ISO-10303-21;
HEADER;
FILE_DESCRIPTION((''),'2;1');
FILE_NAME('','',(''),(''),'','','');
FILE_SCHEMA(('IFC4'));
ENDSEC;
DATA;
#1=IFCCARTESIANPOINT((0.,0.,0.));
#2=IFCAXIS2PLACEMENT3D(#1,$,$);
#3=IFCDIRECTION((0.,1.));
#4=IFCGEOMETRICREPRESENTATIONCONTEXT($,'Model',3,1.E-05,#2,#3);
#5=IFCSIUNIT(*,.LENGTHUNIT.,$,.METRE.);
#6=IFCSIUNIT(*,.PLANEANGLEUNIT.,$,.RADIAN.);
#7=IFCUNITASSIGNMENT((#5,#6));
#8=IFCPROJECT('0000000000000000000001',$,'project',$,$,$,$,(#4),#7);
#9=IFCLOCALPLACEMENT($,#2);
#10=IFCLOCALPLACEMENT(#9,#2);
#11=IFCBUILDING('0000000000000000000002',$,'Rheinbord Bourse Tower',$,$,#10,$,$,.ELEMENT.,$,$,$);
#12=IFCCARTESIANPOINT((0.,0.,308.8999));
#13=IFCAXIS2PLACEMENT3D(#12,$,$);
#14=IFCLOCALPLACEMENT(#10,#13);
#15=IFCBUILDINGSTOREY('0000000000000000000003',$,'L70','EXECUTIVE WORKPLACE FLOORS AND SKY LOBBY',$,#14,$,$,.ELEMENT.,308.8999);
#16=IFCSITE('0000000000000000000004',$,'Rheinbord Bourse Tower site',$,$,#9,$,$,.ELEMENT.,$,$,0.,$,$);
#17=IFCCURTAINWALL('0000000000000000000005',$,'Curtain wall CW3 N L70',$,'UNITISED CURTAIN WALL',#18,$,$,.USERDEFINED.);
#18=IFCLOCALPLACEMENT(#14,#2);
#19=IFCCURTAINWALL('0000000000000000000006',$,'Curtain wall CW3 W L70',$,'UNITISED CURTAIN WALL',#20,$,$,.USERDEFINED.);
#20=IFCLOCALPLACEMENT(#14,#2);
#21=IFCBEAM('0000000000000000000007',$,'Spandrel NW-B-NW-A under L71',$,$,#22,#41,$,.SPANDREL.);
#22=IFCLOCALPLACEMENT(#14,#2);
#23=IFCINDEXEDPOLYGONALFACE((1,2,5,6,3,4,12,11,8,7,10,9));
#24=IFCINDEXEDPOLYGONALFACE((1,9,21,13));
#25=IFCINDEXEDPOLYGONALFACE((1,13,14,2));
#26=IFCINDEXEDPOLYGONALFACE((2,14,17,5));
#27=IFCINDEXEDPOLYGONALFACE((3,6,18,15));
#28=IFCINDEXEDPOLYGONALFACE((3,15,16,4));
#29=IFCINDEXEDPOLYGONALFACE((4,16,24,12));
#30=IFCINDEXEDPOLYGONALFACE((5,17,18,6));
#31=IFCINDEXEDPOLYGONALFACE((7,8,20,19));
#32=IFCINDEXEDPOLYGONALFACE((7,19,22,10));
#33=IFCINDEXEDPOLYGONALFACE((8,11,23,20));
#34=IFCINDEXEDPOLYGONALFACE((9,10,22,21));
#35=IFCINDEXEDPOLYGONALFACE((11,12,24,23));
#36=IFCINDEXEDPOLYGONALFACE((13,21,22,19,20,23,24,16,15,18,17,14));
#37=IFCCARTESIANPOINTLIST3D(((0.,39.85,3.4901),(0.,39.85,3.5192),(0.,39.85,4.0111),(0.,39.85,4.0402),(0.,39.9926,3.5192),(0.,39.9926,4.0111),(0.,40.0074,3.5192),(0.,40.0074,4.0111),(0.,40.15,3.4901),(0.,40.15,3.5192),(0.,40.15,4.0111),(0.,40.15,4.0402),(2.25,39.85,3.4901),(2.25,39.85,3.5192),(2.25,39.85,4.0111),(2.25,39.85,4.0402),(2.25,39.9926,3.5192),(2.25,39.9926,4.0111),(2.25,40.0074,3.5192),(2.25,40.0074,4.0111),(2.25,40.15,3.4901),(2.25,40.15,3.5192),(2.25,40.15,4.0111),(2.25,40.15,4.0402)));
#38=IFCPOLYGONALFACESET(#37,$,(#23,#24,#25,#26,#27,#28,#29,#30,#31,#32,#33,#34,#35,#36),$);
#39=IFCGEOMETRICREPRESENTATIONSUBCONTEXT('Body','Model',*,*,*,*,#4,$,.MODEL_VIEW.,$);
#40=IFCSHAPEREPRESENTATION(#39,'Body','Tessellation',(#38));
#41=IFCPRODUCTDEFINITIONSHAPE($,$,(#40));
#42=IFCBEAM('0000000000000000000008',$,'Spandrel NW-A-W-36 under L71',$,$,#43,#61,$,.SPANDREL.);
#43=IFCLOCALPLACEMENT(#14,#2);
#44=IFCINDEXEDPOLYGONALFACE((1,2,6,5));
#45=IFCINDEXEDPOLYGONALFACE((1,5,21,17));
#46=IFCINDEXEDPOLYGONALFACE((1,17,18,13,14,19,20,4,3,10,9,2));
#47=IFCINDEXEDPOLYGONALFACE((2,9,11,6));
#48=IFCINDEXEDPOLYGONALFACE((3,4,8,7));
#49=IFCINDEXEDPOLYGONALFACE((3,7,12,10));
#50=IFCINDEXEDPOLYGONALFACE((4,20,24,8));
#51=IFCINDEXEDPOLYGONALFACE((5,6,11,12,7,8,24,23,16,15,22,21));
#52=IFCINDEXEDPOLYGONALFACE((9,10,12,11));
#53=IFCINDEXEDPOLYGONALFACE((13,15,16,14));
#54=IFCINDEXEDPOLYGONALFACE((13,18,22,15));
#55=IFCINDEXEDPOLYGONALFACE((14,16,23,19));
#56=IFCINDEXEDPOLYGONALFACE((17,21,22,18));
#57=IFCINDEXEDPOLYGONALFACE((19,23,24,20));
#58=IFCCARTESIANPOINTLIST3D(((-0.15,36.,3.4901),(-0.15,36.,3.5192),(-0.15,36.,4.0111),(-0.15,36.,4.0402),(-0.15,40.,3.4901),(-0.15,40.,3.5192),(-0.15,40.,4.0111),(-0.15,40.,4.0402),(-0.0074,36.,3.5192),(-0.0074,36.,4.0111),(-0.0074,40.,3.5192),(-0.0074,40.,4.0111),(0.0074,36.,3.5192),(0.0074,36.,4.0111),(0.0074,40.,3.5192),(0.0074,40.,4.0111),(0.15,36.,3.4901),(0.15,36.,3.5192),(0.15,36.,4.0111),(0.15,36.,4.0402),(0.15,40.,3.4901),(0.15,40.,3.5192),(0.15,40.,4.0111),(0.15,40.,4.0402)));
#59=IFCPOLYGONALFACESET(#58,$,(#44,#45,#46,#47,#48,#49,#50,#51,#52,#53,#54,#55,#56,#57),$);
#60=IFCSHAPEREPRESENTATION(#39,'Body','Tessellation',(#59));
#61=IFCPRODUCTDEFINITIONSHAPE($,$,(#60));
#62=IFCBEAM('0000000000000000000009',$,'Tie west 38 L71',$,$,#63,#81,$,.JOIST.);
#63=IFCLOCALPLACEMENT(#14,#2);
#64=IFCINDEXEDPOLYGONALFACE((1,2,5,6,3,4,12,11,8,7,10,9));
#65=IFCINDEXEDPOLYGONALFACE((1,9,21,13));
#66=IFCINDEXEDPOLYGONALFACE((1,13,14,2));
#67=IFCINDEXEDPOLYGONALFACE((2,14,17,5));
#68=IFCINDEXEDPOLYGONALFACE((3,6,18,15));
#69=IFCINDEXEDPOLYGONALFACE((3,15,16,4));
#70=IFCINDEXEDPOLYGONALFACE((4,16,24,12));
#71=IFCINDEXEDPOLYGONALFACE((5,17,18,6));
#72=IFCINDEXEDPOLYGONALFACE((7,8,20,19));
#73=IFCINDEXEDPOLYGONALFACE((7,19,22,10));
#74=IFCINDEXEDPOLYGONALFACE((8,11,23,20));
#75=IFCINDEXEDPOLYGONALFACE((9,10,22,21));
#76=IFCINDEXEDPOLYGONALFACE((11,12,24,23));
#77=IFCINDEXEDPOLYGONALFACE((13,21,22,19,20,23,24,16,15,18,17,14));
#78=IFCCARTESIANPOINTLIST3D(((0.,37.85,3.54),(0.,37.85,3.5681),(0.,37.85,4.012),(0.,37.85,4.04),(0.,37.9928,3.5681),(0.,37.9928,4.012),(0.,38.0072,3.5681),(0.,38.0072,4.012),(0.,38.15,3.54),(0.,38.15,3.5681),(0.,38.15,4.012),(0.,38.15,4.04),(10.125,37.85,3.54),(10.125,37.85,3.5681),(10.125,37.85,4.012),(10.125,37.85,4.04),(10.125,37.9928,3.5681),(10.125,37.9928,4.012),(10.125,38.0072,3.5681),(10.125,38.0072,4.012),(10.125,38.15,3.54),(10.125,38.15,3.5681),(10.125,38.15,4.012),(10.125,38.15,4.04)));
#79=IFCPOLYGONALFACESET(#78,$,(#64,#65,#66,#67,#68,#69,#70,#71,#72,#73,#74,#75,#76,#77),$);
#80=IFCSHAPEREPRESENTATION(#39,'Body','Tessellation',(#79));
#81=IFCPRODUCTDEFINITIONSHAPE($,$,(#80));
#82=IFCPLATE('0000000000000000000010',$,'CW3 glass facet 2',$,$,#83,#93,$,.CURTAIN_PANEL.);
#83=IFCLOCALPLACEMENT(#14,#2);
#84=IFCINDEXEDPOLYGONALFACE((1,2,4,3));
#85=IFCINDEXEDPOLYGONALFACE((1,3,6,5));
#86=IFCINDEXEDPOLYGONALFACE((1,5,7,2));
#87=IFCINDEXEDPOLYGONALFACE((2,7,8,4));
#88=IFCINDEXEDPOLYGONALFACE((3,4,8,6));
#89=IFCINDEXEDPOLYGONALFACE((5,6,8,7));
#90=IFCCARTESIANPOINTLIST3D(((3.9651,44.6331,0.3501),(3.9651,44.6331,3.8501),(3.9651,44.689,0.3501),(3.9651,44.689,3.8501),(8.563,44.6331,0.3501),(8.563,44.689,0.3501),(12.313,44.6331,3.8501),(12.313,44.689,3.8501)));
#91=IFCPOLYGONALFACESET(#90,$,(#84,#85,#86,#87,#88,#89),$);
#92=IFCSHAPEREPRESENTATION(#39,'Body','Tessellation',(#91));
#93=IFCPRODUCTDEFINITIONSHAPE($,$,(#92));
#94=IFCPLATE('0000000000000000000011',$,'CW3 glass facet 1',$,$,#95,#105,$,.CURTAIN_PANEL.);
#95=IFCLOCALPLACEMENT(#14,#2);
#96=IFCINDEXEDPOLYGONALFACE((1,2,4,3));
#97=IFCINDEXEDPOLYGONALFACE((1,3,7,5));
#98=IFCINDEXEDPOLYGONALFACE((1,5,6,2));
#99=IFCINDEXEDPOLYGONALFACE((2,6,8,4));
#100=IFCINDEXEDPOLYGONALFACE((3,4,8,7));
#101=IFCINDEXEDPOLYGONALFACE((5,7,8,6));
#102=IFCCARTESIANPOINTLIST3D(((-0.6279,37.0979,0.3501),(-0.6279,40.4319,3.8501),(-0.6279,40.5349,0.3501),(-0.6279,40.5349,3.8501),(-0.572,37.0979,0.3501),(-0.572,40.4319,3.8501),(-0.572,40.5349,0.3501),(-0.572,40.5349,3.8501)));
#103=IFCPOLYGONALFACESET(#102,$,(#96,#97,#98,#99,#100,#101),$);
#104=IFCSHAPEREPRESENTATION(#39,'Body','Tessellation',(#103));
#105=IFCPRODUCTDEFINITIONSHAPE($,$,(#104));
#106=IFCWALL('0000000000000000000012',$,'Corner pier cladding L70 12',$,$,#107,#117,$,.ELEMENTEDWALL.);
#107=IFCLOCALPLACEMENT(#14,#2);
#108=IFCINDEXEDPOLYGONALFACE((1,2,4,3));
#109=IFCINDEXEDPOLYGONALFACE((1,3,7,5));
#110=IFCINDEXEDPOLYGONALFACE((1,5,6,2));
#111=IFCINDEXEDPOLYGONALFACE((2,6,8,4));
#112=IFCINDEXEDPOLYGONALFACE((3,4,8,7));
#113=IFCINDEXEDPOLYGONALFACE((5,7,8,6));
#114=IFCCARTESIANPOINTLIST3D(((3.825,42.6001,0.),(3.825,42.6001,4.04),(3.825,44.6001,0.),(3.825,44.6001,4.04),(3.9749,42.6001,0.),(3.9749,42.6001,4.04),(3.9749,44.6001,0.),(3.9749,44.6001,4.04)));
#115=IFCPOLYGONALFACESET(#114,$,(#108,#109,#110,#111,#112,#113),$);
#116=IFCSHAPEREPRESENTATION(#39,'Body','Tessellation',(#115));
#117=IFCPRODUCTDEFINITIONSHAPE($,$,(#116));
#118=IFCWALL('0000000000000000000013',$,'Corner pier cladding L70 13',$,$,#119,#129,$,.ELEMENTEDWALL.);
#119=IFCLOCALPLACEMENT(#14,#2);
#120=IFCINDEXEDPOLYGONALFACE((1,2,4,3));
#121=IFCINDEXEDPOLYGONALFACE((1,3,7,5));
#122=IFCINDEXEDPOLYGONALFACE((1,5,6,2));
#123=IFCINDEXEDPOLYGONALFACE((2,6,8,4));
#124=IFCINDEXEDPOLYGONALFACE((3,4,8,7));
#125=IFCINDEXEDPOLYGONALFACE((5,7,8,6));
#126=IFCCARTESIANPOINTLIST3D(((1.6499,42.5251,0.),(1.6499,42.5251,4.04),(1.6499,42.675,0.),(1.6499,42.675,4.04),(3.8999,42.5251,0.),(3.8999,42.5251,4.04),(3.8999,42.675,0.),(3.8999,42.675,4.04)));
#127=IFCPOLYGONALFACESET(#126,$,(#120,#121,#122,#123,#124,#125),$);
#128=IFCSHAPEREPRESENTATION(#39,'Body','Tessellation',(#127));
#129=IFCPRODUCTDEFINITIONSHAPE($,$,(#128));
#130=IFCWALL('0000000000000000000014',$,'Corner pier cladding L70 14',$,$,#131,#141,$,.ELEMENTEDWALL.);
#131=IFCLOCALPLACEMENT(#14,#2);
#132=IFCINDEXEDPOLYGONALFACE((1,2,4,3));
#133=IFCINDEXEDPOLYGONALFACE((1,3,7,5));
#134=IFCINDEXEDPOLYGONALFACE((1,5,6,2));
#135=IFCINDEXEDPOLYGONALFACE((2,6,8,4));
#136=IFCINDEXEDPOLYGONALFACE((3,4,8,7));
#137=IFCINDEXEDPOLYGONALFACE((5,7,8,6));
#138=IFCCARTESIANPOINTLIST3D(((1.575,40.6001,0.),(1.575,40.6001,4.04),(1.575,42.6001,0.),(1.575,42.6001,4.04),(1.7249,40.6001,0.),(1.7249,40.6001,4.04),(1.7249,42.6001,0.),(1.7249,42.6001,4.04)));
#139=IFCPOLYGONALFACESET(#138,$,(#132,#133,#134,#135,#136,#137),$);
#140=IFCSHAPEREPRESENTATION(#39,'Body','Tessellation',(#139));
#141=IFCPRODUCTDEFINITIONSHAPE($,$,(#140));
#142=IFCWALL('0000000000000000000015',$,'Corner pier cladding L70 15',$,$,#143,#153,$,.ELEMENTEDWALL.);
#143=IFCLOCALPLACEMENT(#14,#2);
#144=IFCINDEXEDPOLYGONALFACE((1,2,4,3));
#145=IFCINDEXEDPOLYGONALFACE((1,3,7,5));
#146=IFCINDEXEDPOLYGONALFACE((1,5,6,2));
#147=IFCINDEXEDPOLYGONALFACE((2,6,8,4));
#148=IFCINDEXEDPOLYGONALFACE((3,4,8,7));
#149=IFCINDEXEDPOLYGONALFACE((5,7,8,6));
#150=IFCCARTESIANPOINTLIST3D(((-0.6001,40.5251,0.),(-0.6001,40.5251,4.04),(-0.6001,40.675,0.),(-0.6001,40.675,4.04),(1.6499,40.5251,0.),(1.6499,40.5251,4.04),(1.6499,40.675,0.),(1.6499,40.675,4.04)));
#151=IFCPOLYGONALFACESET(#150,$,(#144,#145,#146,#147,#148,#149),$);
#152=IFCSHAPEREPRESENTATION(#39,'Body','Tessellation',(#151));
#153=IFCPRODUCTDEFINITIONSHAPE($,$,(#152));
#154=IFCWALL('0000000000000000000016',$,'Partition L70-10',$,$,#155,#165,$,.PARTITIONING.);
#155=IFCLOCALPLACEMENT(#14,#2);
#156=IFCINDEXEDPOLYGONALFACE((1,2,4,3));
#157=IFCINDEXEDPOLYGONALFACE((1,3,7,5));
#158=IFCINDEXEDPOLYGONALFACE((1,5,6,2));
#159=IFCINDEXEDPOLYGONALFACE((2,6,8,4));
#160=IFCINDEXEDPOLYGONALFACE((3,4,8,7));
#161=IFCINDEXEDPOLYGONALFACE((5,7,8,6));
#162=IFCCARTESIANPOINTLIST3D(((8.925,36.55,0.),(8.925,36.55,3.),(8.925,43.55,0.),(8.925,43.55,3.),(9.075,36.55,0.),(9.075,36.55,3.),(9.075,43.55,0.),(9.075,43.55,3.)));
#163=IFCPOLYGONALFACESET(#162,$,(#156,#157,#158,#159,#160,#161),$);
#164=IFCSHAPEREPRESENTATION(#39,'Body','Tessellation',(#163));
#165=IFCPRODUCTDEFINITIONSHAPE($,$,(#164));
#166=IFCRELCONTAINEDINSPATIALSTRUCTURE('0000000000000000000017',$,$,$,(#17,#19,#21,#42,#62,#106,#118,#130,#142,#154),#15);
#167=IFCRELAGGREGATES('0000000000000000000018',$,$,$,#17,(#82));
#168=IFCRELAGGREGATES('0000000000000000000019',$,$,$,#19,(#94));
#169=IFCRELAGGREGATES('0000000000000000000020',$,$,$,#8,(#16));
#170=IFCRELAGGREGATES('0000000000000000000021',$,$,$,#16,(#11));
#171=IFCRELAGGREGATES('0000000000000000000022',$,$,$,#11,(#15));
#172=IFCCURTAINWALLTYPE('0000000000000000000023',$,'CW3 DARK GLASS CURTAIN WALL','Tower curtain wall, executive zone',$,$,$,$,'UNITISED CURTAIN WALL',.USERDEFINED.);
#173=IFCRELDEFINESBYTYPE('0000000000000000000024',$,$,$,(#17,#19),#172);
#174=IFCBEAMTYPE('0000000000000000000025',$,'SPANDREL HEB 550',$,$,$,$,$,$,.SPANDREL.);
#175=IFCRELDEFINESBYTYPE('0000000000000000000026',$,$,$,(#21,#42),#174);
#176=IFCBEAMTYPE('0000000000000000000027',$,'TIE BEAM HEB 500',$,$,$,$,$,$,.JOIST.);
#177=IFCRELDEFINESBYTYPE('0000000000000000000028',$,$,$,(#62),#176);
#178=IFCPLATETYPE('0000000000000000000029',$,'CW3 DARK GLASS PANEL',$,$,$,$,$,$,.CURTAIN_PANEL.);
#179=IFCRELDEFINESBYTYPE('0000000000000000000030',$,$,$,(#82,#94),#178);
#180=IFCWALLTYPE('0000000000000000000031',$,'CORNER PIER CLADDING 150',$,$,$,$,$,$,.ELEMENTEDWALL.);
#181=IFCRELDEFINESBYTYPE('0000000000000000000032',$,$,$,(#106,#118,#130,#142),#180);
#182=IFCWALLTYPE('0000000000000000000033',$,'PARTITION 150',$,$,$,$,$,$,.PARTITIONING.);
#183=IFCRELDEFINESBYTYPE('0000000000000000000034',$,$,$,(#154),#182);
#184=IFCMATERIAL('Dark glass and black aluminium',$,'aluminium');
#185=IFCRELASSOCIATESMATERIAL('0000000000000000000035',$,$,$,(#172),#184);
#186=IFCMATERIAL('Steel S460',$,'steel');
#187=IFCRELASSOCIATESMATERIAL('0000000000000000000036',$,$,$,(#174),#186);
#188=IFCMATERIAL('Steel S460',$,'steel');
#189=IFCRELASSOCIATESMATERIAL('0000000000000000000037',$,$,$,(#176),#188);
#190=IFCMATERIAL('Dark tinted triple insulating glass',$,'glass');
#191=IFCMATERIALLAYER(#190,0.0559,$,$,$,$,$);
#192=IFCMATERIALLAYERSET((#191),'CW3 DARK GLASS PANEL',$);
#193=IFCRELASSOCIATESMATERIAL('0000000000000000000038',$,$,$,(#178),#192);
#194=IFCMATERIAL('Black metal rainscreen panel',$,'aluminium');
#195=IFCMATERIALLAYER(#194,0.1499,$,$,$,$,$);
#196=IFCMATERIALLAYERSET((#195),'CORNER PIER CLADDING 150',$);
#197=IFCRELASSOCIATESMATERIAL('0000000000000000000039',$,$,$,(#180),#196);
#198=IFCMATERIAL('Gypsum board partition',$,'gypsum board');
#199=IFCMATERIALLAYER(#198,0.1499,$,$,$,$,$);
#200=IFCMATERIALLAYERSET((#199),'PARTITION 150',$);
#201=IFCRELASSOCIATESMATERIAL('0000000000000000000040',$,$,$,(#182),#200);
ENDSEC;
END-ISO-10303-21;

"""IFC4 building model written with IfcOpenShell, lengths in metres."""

from ifc_helpers import new_model, si_unit, direction, frame, frame_2d, origin, origin_2d, place, context, subcontext, project, spatial, polyline, rectangle, i_section, outline, extrude, material, layer, layer_set, material_profile, profile_set, type_object, element, aggregate, save


model = new_model("IFC4")

# Units and contexts
model_context = context("Model", 3, precision=1e-05, world=origin(), true_north=direction((0.0, 1.0)))
body_context = subcontext(model_context, "Body", "Model", "MODEL_VIEW")
ifc_project = project(units=[si_unit("LENGTHUNIT", "METRE"), si_unit("PLANEANGLEUNIT", "RADIAN")], contexts=[model_context])

# Site, building, storey
site_placement = place(None, origin())
site = spatial("IfcSite", under=ifc_project, at=site_placement, Name="Rheinbord Bourse Tower site", CompositionType="ELEMENT", RefElevation=0.0)
building_placement = place(site_placement, origin())
building = spatial("IfcBuilding", under=site, at=building_placement, Name="Rheinbord Bourse Tower", CompositionType="ELEMENT")
storey_placement = place(building_placement, frame((0.0, 0.0, 308.8999)))
storey = spatial("IfcBuildingStorey", under=building, at=storey_placement, Name="L70", Description="EXECUTIVE WORKPLACE FLOORS AND SKY LOBBY", CompositionType="ELEMENT", Elevation=308.8999)

# Curtain wall
ifc_material_1 = material(Name="Dark glass and black aluminium", Category="aluminium")
curtain_wall_type = type_object("IfcCurtainWallType", Name="CW3 DARK GLASS CURTAIN WALL", Description="Tower curtain wall, executive zone", ElementType="UNITISED CURTAIN WALL", PredefinedType="USERDEFINED", material=ifc_material_1)
curtain_wall_1_placement = place(storey_placement, origin())
curtain_wall_1 = element("IfcCurtainWall", 1, at=curtain_wall_1_placement, inside=storey, type_object=curtain_wall_type, Name="Curtain wall CW3 N L70", ObjectType="UNITISED CURTAIN WALL", PredefinedType="USERDEFINED")

# Curtain wall
curtain_wall_2_placement = place(storey_placement, origin())
curtain_wall_2 = element("IfcCurtainWall", 2, at=curtain_wall_2_placement, inside=storey, type_object=curtain_wall_type, Name="Curtain wall CW3 W L70", ObjectType="UNITISED CURTAIN WALL", PredefinedType="USERDEFINED")

# Beams
ifc_material_2 = material(Name="Steel S460", Category="steel")
ifc_material_profile_1 = material_profile(ifc_material_2, i_section(OverallWidth=0.3, OverallDepth=0.55, WebThickness=0.0149, FlangeThickness=0.0291, at=origin_2d()), Name="HEB 550")
ifc_profile_set_1 = profile_set([ifc_material_profile_1], Name="Steel S460")
beam_type_1 = type_object("IfcBeamType", Name="SPANDREL HEB 550", PredefinedType="SPANDREL", material=ifc_profile_set_1)
beam_1_placement = place(storey_placement, frame((2.25, 40.0, 3.7651), z_axis=(-1.0, 0.0, 0.0), x_axis=(0.0, -1.0, 0.0)))
element("IfcBeam", 3, at=beam_1_placement, inside=storey, type_object=beam_type_1, Name="Spandrel NW-B-NW-A under L71", PredefinedType="SPANDREL", context=body_context, shape_type="SweptSolid", body=[
    extrude(i_section(OverallWidth=0.3, OverallDepth=0.55, WebThickness=0.0149, FlangeThickness=0.0291, at=origin_2d()), origin(), (0.0, 0.0, 1.0), 2.25),
])
beam_2_placement = place(storey_placement, frame((0.0, 40.0, 3.7651), z_axis=(0.0, -1.0, 0.0), x_axis=(1.0, 0.0, 0.0)))
element("IfcBeam", 4, at=beam_2_placement, inside=storey, type_object=beam_type_1, Name="Spandrel NW-A-W-36 under L71", PredefinedType="SPANDREL", context=body_context, shape_type="SweptSolid", body=[
    extrude(i_section(OverallWidth=0.3, OverallDepth=0.55, WebThickness=0.0149, FlangeThickness=0.0291, at=origin_2d()), origin(), (0.0, 0.0, 1.0), 4.0),
])
ifc_material_3 = material(Name="Steel S460", Category="steel")
ifc_material_profile_2 = material_profile(ifc_material_3, i_section(OverallWidth=0.3, OverallDepth=0.5, WebThickness=0.0144, FlangeThickness=0.0281, at=origin_2d()), Name="HEB 500")
ifc_profile_set_2 = profile_set([ifc_material_profile_2], Name="Steel S460")
beam_type_2 = type_object("IfcBeamType", Name="TIE BEAM HEB 500", PredefinedType="JOIST", material=ifc_profile_set_2)
beam_3_placement = place(storey_placement, frame((0.0, 38.0, 3.79), z_axis=(1.0, 0.0, 0.0), x_axis=(0.0, 1.0, 0.0)))
element("IfcBeam", 5, at=beam_3_placement, inside=storey, type_object=beam_type_2, Name="Tie west 38 L71", PredefinedType="JOIST", context=body_context, shape_type="SweptSolid", body=[
    extrude(i_section(OverallWidth=0.3, OverallDepth=0.5, WebThickness=0.0144, FlangeThickness=0.0281, at=origin_2d()), origin(), (0.0, 0.0, 1.0), 10.125),
])

# Plates
ifc_material_4 = material(Name="Dark tinted triple insulating glass", Category="glass")
ifc_layer_1 = layer(ifc_material_4, 0.0559)
ifc_layer_set_1 = layer_set([ifc_layer_1], Name="CW3 DARK GLASS PANEL")
plate_type = type_object("IfcPlateType", Name="CW3 DARK GLASS PANEL", PredefinedType="CURTAIN_PANEL", material=ifc_layer_set_1)
plate_1_placement = place(storey_placement, frame((3.9651, 44.689, 3.8501), z_axis=(0.0, -1.0, 0.0), x_axis=(0.0, 0.0, -1.0)))
plate_1 = element("IfcPlate", 6, at=plate_1_placement, type_object=plate_type, Name="CW3 glass facet 2", PredefinedType="CURTAIN_PANEL", context=body_context, shape_type="SweptSolid", body=[
    extrude(outline(polyline([(0.0, 0.0), (3.5, 0.0), (3.5, 4.5979), (0.0, 8.3479), (0.0, 0.0)])), origin(), (0.0, 0.0, 1.0), 0.0559),
])
aggregate(curtain_wall_1, [plate_1])
plate_2_placement = place(storey_placement, frame((-0.6279, 40.5349, 0.3501), z_axis=(1.0, 0.0, 0.0), x_axis=(0.0, 0.0, 1.0)))
plate_2 = element("IfcPlate", 7, at=plate_2_placement, type_object=plate_type, Name="CW3 glass facet 1", PredefinedType="CURTAIN_PANEL", context=body_context, shape_type="SweptSolid", body=[
    extrude(outline(polyline([(0.0, 0.0), (3.5, 0.0), (3.5, 0.103), (0.0, 3.437), (0.0, 0.0)])), origin(), (0.0, 0.0, 1.0), 0.0559),
])
aggregate(curtain_wall_2, [plate_2])

# Walls
ifc_material_5 = material(Name="Black metal rainscreen panel", Category="aluminium")
ifc_layer_2 = layer(ifc_material_5, 0.1499)
ifc_layer_set_2 = layer_set([ifc_layer_2], Name="CORNER PIER CLADDING 150")
wall_type_1 = type_object("IfcWallType", Name="CORNER PIER CLADDING 150", PredefinedType="ELEMENTEDWALL", material=ifc_layer_set_2)
wall_1_placement = place(storey_placement, frame((3.8999, 44.6001, 0.0), z_axis=(0.0, 0.0, 1.0), x_axis=(0.0, -1.0, 0.0)))
element("IfcWall", 8, at=wall_1_placement, inside=storey, type_object=wall_type_1, Name="Corner pier cladding L70 12", PredefinedType="ELEMENTEDWALL", context=body_context, shape_type="SweptSolid", body=[
    extrude(rectangle(XDim=2.0, YDim=0.1499, at=frame_2d((1.0, 0.0))), origin(), (0.0, 0.0, 1.0), 4.04),
])
wall_2_placement = place(storey_placement, frame((3.8999, 42.6001, 0.0), z_axis=(0.0, 0.0, 1.0), x_axis=(-1.0, 0.0, 0.0)))
element("IfcWall", 9, at=wall_2_placement, inside=storey, type_object=wall_type_1, Name="Corner pier cladding L70 13", PredefinedType="ELEMENTEDWALL", context=body_context, shape_type="SweptSolid", body=[
    extrude(rectangle(XDim=2.25, YDim=0.1499, at=frame_2d((1.125, 0.0))), origin(), (0.0, 0.0, 1.0), 4.04),
])
wall_3_placement = place(storey_placement, frame((1.6499, 42.6001, 0.0), z_axis=(0.0, 0.0, 1.0), x_axis=(0.0, -1.0, 0.0)))
element("IfcWall", 10, at=wall_3_placement, inside=storey, type_object=wall_type_1, Name="Corner pier cladding L70 14", PredefinedType="ELEMENTEDWALL", context=body_context, shape_type="SweptSolid", body=[
    extrude(rectangle(XDim=2.0, YDim=0.1499, at=frame_2d((1.0, 0.0))), origin(), (0.0, 0.0, 1.0), 4.04),
])
wall_4_placement = place(storey_placement, frame((1.6499, 40.6001, 0.0), z_axis=(0.0, 0.0, 1.0), x_axis=(-1.0, 0.0, 0.0)))
element("IfcWall", 11, at=wall_4_placement, inside=storey, type_object=wall_type_1, Name="Corner pier cladding L70 15", PredefinedType="ELEMENTEDWALL", context=body_context, shape_type="SweptSolid", body=[
    extrude(rectangle(XDim=2.25, YDim=0.1499, at=frame_2d((1.125, 0.0))), origin(), (0.0, 0.0, 1.0), 4.04),
])
ifc_material_6 = material(Name="Gypsum board partition", Category="gypsum board")
ifc_layer_3 = layer(ifc_material_6, 0.1499)
ifc_layer_set_3 = layer_set([ifc_layer_3], Name="PARTITION 150")
wall_type_2 = type_object("IfcWallType", Name="PARTITION 150", PredefinedType="PARTITIONING", material=ifc_layer_set_3)
wall_5_placement = place(storey_placement, frame((9.0, 36.55, 0.0), z_axis=(0.0, 0.0, 1.0), x_axis=(0.0, 1.0, 0.0)))
element("IfcWall", 12, at=wall_5_placement, inside=storey, type_object=wall_type_2, Name="Partition L70-10", PredefinedType="PARTITIONING", context=body_context, shape_type="SweptSolid", body=[
    extrude(rectangle(XDim=7.0, YDim=0.1499, at=frame_2d((3.5, 0.0))), origin(), (0.0, 0.0, 1.0), 3.0),
])

save(model, "model.ifc")
